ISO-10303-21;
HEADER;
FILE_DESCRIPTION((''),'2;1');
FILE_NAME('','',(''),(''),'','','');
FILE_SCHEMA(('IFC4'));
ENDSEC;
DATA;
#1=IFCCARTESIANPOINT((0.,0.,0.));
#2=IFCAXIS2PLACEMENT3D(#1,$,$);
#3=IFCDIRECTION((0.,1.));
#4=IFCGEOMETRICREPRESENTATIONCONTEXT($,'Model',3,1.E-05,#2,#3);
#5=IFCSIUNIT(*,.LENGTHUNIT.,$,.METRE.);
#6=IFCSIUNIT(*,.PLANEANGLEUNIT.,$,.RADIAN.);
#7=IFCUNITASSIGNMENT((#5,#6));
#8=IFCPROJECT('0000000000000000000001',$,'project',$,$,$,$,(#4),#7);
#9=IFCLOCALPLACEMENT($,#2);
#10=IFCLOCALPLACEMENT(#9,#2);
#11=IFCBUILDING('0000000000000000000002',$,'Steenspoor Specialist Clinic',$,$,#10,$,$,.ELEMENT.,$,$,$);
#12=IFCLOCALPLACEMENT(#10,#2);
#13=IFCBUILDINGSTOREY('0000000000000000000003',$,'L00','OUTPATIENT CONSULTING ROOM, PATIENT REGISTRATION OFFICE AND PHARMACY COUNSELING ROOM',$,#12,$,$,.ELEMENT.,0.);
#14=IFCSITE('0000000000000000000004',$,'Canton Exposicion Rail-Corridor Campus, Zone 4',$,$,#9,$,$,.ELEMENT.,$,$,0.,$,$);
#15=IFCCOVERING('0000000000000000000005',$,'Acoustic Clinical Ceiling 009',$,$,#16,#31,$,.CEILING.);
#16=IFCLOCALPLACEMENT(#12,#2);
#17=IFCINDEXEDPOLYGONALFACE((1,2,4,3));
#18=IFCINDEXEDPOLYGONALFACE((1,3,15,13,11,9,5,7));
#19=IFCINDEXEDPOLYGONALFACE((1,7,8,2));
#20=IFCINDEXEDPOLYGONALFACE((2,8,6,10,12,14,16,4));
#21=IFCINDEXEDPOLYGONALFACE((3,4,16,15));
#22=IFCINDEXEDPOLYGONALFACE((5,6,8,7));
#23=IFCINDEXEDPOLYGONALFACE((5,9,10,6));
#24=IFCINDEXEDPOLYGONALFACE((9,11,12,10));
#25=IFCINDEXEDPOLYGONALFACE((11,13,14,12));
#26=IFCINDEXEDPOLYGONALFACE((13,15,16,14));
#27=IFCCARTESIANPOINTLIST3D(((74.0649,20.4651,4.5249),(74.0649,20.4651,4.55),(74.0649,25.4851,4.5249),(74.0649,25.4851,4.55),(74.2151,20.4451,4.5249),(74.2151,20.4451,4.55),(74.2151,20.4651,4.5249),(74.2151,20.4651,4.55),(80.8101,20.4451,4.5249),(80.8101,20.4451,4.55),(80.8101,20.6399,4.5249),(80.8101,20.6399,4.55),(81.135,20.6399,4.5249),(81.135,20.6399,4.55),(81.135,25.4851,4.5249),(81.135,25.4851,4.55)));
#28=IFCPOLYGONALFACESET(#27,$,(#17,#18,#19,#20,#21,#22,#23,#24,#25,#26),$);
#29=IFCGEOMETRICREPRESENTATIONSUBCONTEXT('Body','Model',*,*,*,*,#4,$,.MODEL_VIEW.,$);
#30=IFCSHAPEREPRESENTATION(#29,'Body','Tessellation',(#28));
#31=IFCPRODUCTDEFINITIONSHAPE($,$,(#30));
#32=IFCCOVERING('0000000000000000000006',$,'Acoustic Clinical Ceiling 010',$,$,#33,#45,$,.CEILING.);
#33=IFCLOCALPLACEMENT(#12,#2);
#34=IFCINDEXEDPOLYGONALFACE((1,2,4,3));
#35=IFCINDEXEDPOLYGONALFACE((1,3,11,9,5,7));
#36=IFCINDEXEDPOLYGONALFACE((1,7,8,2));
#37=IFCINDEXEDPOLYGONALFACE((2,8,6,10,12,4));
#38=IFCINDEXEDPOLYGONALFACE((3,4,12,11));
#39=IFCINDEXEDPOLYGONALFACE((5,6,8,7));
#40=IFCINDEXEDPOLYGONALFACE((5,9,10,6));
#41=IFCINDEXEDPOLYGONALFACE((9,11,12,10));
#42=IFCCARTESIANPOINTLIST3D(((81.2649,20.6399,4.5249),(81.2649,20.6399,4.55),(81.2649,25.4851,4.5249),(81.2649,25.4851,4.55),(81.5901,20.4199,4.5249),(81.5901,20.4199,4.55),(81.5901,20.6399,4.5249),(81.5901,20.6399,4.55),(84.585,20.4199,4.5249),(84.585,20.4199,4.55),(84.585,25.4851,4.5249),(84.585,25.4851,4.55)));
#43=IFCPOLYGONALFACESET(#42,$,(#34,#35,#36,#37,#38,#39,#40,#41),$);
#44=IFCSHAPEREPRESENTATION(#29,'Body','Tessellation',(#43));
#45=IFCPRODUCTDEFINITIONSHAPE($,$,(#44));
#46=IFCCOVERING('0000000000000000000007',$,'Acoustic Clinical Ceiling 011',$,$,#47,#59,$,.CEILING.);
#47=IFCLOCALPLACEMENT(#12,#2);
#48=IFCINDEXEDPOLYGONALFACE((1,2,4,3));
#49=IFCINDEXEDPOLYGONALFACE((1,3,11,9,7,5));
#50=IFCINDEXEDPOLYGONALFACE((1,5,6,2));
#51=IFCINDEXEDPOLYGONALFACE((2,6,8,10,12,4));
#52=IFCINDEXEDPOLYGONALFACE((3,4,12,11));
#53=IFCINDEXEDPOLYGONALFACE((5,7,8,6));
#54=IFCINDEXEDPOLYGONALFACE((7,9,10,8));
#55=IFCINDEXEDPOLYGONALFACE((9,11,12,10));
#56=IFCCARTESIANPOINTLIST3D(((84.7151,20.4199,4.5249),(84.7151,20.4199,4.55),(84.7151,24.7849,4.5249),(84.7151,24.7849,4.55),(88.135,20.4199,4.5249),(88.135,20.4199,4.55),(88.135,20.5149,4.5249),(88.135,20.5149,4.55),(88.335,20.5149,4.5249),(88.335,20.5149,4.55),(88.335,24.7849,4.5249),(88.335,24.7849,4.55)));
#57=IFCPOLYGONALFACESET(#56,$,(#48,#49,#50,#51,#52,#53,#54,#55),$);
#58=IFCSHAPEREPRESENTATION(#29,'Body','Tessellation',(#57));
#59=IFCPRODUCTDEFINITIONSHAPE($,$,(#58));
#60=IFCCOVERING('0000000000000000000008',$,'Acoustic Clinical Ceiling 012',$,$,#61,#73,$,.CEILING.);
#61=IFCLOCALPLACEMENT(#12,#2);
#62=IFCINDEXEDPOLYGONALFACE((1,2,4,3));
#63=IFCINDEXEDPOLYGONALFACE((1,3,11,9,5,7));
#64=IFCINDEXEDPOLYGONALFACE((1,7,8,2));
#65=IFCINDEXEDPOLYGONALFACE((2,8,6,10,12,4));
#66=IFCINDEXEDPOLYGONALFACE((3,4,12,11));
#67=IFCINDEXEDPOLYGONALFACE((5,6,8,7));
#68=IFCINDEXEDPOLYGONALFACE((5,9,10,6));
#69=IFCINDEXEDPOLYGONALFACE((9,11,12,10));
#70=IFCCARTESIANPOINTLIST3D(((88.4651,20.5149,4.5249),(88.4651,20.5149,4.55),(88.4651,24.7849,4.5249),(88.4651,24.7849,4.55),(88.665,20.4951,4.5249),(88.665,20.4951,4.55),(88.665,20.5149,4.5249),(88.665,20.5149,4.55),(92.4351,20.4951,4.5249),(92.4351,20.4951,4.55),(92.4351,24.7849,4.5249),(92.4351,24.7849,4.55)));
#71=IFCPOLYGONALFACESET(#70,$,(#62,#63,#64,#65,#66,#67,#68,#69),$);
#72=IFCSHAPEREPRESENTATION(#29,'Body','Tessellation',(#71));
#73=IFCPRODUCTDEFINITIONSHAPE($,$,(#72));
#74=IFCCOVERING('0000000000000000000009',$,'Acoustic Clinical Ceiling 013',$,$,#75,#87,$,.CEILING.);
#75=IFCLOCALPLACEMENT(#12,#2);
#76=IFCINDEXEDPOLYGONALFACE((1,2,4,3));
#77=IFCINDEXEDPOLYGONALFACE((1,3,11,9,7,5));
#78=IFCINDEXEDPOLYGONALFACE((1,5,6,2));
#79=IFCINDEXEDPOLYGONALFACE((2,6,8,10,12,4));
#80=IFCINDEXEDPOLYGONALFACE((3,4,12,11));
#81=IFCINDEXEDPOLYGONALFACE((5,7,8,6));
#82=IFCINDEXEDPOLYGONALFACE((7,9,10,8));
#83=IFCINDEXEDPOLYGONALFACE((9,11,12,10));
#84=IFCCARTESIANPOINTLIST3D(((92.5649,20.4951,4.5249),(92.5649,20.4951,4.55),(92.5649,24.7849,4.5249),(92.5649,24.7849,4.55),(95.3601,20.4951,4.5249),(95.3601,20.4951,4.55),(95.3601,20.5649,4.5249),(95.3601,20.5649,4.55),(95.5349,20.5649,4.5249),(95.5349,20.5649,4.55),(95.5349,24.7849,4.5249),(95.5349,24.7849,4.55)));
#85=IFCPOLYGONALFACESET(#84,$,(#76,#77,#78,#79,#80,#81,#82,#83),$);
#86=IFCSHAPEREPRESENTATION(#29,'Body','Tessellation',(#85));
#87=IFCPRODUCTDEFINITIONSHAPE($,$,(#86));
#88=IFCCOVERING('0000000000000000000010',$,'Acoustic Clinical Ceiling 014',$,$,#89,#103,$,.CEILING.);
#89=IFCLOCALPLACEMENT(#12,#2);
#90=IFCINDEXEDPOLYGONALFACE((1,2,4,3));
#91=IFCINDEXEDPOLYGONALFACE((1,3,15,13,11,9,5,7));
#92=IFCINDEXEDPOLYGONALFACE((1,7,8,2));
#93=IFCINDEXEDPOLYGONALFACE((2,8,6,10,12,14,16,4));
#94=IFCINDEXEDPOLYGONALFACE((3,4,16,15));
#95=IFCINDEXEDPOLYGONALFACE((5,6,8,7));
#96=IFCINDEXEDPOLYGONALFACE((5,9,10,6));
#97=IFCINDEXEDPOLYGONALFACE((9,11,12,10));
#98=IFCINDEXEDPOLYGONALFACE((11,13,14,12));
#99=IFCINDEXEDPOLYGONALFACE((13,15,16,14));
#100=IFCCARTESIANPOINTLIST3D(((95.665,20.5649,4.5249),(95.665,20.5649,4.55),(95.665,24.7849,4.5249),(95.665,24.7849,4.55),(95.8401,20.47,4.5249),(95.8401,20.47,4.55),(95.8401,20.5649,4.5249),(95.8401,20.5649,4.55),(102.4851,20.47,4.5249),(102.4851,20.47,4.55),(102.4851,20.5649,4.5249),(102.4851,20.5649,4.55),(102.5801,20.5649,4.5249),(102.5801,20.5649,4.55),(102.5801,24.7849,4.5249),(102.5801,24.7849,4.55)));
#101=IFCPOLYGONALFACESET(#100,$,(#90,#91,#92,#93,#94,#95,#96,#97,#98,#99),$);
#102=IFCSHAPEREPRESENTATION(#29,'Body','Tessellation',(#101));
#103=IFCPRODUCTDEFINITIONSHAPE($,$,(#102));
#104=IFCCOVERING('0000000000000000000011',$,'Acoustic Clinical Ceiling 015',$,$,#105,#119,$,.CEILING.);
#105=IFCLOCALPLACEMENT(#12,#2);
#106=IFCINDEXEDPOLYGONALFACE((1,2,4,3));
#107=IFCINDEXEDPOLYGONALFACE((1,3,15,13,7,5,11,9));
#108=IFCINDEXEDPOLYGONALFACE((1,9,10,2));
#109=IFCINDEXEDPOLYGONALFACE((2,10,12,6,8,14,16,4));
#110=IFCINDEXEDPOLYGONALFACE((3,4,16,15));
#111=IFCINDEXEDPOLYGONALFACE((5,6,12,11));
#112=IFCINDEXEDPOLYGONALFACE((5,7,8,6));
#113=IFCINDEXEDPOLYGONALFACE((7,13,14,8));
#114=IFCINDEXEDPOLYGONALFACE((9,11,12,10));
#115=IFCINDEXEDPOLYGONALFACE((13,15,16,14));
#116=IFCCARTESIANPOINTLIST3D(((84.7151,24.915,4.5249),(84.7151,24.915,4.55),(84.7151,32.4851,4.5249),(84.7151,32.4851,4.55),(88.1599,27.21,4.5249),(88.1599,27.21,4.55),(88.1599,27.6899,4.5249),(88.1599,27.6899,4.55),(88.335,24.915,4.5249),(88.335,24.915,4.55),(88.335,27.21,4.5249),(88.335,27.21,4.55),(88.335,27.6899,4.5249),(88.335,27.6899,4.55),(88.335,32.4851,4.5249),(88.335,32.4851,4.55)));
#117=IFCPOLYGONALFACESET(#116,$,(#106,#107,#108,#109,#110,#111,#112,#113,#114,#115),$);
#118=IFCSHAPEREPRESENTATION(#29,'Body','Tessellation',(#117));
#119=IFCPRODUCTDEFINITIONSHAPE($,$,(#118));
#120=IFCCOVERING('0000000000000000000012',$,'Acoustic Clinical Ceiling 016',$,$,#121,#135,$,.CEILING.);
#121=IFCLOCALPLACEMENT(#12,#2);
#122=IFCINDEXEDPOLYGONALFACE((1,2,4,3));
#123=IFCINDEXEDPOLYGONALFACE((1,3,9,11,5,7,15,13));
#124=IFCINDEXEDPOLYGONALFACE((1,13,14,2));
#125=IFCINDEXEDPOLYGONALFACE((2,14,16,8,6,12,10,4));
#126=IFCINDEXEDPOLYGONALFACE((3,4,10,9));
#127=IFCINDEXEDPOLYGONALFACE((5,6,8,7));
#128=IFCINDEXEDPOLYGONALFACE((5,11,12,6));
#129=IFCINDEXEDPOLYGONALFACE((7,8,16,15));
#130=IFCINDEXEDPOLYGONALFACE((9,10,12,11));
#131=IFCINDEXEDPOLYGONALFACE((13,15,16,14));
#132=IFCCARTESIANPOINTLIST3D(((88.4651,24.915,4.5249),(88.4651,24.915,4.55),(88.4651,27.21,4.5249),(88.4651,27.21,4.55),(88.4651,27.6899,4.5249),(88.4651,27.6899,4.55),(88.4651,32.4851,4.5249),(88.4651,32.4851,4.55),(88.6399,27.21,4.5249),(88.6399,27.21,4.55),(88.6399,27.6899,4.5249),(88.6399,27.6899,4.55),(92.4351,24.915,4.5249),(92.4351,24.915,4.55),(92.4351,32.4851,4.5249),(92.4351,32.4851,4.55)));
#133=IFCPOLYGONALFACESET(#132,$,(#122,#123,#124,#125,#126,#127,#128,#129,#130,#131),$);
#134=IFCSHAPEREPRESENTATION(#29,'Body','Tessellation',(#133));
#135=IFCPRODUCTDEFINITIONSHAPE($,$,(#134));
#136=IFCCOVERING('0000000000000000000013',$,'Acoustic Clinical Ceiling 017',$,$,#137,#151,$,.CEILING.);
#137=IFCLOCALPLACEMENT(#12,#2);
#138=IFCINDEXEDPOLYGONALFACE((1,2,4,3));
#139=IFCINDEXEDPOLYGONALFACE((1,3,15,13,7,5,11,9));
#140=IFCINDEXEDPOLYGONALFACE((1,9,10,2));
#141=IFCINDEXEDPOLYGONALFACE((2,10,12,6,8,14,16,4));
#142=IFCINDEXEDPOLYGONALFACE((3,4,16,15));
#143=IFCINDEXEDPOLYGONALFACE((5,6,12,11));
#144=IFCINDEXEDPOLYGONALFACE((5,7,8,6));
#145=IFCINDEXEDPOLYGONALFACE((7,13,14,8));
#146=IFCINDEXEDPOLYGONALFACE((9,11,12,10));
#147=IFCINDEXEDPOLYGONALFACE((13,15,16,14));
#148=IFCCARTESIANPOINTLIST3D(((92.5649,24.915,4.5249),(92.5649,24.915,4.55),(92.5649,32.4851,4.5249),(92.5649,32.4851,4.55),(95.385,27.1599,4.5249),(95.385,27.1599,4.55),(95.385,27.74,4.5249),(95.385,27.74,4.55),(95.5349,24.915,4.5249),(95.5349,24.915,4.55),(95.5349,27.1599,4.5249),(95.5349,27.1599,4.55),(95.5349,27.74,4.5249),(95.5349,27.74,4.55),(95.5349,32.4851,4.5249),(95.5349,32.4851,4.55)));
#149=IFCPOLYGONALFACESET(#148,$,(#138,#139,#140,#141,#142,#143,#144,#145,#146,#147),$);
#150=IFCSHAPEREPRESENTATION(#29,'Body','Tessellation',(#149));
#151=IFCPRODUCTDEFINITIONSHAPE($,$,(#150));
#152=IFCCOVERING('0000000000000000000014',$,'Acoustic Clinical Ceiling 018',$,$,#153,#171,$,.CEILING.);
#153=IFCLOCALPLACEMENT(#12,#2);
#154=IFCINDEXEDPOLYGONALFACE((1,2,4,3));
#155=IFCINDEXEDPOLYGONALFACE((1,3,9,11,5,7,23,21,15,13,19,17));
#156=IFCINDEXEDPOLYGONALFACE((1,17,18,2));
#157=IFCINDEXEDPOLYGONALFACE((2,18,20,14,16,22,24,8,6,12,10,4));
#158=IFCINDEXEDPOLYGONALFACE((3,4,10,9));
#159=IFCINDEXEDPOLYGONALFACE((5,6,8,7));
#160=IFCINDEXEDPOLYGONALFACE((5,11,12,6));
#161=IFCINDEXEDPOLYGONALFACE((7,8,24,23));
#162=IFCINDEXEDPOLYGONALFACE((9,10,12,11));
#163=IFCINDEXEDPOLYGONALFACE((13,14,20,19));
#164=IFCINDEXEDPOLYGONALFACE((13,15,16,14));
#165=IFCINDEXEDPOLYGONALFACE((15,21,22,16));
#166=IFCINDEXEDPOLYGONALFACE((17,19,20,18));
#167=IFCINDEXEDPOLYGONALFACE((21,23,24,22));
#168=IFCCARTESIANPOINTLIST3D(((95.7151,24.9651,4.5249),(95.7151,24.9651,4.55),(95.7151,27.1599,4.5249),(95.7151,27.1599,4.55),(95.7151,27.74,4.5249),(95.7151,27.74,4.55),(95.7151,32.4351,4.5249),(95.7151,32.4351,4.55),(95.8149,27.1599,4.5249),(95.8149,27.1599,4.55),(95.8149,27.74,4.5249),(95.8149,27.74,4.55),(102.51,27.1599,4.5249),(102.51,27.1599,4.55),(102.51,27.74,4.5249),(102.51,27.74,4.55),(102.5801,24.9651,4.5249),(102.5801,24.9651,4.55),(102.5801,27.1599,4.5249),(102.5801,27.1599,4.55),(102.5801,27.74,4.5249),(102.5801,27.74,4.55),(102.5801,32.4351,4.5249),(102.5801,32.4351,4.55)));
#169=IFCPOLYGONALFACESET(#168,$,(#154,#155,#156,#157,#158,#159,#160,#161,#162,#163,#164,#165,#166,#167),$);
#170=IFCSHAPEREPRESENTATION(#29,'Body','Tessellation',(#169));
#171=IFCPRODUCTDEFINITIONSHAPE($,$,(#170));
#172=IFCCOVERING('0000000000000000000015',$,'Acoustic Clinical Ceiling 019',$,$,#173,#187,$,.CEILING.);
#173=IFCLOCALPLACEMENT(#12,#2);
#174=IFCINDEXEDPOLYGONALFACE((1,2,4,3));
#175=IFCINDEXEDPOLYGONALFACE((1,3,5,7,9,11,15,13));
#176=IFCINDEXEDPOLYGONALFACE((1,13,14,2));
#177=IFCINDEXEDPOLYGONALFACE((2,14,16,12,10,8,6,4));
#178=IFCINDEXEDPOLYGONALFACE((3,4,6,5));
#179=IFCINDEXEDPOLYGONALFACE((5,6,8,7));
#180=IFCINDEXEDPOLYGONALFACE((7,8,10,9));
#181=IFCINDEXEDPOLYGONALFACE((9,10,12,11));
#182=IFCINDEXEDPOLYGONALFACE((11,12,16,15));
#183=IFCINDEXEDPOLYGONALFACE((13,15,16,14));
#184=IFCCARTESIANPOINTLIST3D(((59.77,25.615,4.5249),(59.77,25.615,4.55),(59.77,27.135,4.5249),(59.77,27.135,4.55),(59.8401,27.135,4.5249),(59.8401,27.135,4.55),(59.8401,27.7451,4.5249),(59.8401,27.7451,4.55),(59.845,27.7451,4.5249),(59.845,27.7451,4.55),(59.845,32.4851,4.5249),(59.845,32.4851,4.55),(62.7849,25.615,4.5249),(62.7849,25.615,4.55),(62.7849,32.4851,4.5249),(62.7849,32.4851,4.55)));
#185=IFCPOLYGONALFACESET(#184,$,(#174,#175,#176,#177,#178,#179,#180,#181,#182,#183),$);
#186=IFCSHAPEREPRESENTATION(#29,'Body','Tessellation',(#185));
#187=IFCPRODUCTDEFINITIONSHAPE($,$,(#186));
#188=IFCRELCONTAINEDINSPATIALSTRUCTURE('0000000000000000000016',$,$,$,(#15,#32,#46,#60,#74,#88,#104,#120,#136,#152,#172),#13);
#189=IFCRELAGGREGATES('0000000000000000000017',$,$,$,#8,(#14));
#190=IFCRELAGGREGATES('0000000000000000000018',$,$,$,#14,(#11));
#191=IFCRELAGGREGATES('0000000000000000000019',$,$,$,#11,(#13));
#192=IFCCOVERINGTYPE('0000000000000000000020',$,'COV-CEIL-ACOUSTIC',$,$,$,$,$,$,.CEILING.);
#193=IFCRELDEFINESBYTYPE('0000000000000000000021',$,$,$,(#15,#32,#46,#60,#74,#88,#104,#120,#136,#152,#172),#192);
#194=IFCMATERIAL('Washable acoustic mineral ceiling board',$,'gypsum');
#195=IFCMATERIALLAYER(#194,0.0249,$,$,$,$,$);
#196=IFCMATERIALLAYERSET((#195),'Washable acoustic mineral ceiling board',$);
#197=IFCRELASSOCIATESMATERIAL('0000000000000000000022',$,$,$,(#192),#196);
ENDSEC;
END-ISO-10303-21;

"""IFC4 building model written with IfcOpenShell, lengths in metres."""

from ifc_helpers import new_model, si_unit, direction, frame, origin, place, context, subcontext, project, spatial, polyline, outline, extrude, material, layer, layer_set, type_object, element, save


model = new_model("IFC4")

# Units and contexts
model_context = context("Model", 3, precision=1e-05, world=origin(), true_north=direction((0.0, 1.0)))
body_context = subcontext(model_context, "Body", "Model", "MODEL_VIEW")
ifc_project = project(units=[si_unit("LENGTHUNIT", "METRE"), si_unit("PLANEANGLEUNIT", "RADIAN")], contexts=[model_context])

# Site, building, storey
site_placement = place(None, origin())
site = spatial("IfcSite", under=ifc_project, at=site_placement, Name="Canton Exposicion Rail-Corridor Campus, Zone 4", CompositionType="ELEMENT", RefElevation=0.0)
building_placement = place(site_placement, origin())
building = spatial("IfcBuilding", under=site, at=building_placement, Name="Steenspoor Specialist Clinic", CompositionType="ELEMENT")
storey_placement = place(building_placement, origin())
storey = spatial("IfcBuildingStorey", under=building, at=storey_placement, Name="L00", Description="OUTPATIENT CONSULTING ROOM, PATIENT REGISTRATION OFFICE AND PHARMACY COUNSELING ROOM", CompositionType="ELEMENT", Elevation=0.0)

# Coverings
ifc_material_1 = material(Name="Washable acoustic mineral ceiling board", Category="gypsum")
ifc_layer_1 = layer(ifc_material_1, 0.0249)
ifc_layer_set_1 = layer_set([ifc_layer_1], Name="Washable acoustic mineral ceiling board")
covering_type = type_object("IfcCoveringType", Name="COV-CEIL-ACOUSTIC", PredefinedType="CEILING", material=ifc_layer_set_1)
covering_1_placement = place(storey_placement, frame((0.0, 0.0, 4.5249)))
element("IfcCovering", 1, at=covering_1_placement, inside=storey, type_object=covering_type, Name="Acoustic Clinical Ceiling 009", PredefinedType="CEILING", context=body_context, shape_type="SweptSolid", body=[
    extrude(outline(polyline([(81.135, 20.6399), (80.8101, 20.6399), (80.8101, 20.4451), (74.2151, 20.4451), (74.2151, 20.4651), (74.0649, 20.4651), (74.0649, 25.4851), (81.135, 25.4851), (81.135, 20.6399)])), origin(), (0.0, 0.0, 1.0), 0.0251),
])
covering_2_placement = place(storey_placement, frame((0.0, 0.0, 4.5249)))
element("IfcCovering", 2, at=covering_2_placement, inside=storey, type_object=covering_type, Name="Acoustic Clinical Ceiling 010", PredefinedType="CEILING", context=body_context, shape_type="SweptSolid", body=[
    extrude(outline(polyline([(84.585, 20.4199), (81.5901, 20.4199), (81.5901, 20.6399), (81.2649, 20.6399), (81.2649, 25.4851), (84.585, 25.4851), (84.585, 20.4199)])), origin(), (0.0, 0.0, 1.0), 0.0251),
])
covering_3_placement = place(storey_placement, frame((0.0, 0.0, 4.5249)))
element("IfcCovering", 3, at=covering_3_placement, inside=storey, type_object=covering_type, Name="Acoustic Clinical Ceiling 011", PredefinedType="CEILING", context=body_context, shape_type="SweptSolid", body=[
    extrude(outline(polyline([(88.335, 20.5149), (88.135, 20.5149), (88.135, 20.4199), (84.7151, 20.4199), (84.7151, 24.7849), (88.335, 24.7849), (88.335, 20.5149)])), origin(), (0.0, 0.0, 1.0), 0.0251),
])
covering_4_placement = place(storey_placement, frame((0.0, 0.0, 4.5249)))
element("IfcCovering", 4, at=covering_4_placement, inside=storey, type_object=covering_type, Name="Acoustic Clinical Ceiling 012", PredefinedType="CEILING", context=body_context, shape_type="SweptSolid", body=[
    extrude(outline(polyline([(92.4351, 20.4951), (88.665, 20.4951), (88.665, 20.5149), (88.4651, 20.5149), (88.4651, 24.7849), (92.4351, 24.7849), (92.4351, 20.4951)])), origin(), (0.0, 0.0, 1.0), 0.0251),
])
covering_5_placement = place(storey_placement, frame((0.0, 0.0, 4.5249)))
element("IfcCovering", 5, at=covering_5_placement, inside=storey, type_object=covering_type, Name="Acoustic Clinical Ceiling 013", PredefinedType="CEILING", context=body_context, shape_type="SweptSolid", body=[
    extrude(outline(polyline([(95.5349, 20.5649), (95.3601, 20.5649), (95.3601, 20.4951), (92.5649, 20.4951), (92.5649, 24.7849), (95.5349, 24.7849), (95.5349, 20.5649)])), origin(), (0.0, 0.0, 1.0), 0.0251),
])
covering_6_placement = place(storey_placement, frame((0.0, 0.0, 4.5249)))
element("IfcCovering", 6, at=covering_6_placement, inside=storey, type_object=covering_type, Name="Acoustic Clinical Ceiling 014", PredefinedType="CEILING", context=body_context, shape_type="SweptSolid", body=[
    extrude(outline(polyline([(95.665, 24.7849), (102.5801, 24.7849), (102.5801, 20.5649), (102.4851, 20.5649), (102.4851, 20.47), (95.8401, 20.47), (95.8401, 20.5649), (95.665, 20.5649), (95.665, 24.7849)])), origin(), (0.0, 0.0, 1.0), 0.0251),
])
covering_7_placement = place(storey_placement, frame((0.0, 0.0, 4.5249)))
element("IfcCovering", 7, at=covering_7_placement, inside=storey, type_object=covering_type, Name="Acoustic Clinical Ceiling 015", PredefinedType="CEILING", context=body_context, shape_type="SweptSolid", body=[
    extrude(outline(polyline([(88.335, 27.6899), (88.1599, 27.6899), (88.1599, 27.21), (88.335, 27.21), (88.335, 24.915), (84.7151, 24.915), (84.7151, 32.4851), (88.335, 32.4851), (88.335, 27.6899)])), origin(), (0.0, 0.0, 1.0), 0.0251),
])
covering_8_placement = place(storey_placement, frame((0.0, 0.0, 4.5249)))
element("IfcCovering", 8, at=covering_8_placement, inside=storey, type_object=covering_type, Name="Acoustic Clinical Ceiling 016", PredefinedType="CEILING", context=body_context, shape_type="SweptSolid", body=[
    extrude(outline(polyline([(92.4351, 24.915), (88.4651, 24.915), (88.4651, 27.21), (88.6399, 27.21), (88.6399, 27.6899), (88.4651, 27.6899), (88.4651, 32.4851), (92.4351, 32.4851), (92.4351, 24.915)])), origin(), (0.0, 0.0, 1.0), 0.0251),
])
covering_9_placement = place(storey_placement, frame((0.0, 0.0, 4.5249)))
element("IfcCovering", 9, at=covering_9_placement, inside=storey, type_object=covering_type, Name="Acoustic Clinical Ceiling 017", PredefinedType="CEILING", context=body_context, shape_type="SweptSolid", body=[
    extrude(outline(polyline([(95.5349, 27.74), (95.385, 27.74), (95.385, 27.1599), (95.5349, 27.1599), (95.5349, 24.915), (92.5649, 24.915), (92.5649, 32.4851), (95.5349, 32.4851), (95.5349, 27.74)])), origin(), (0.0, 0.0, 1.0), 0.0251),
])
covering_10_placement = place(storey_placement, frame((0.0, 0.0, 4.5249)))
element("IfcCovering", 10, at=covering_10_placement, inside=storey, type_object=covering_type, Name="Acoustic Clinical Ceiling 018", PredefinedType="CEILING", context=body_context, shape_type="SweptSolid", body=[
    extrude(outline(polyline([(95.7151, 24.9651), (95.7151, 27.1599), (95.8149, 27.1599), (95.8149, 27.74), (95.7151, 27.74), (95.7151, 32.4351), (102.5801, 32.4351), (102.5801, 27.74), (102.51, 27.74), (102.51, 27.1599), (102.5801, 27.1599), (102.5801, 24.9651), (95.7151, 24.9651)])), origin(), (0.0, 0.0, 1.0), 0.0251),
])
covering_11_placement = place(storey_placement, frame((0.0, 0.0, 4.5249)))
element("IfcCovering", 11, at=covering_11_placement, inside=storey, type_object=covering_type, Name="Acoustic Clinical Ceiling 019", PredefinedType="CEILING", context=body_context, shape_type="SweptSolid", body=[
    extrude(outline(polyline([(62.7849, 25.615), (59.77, 25.615), (59.77, 27.135), (59.8401, 27.135), (59.8401, 27.7451), (59.845, 27.7451), (59.845, 32.4851), (62.7849, 32.4851), (62.7849, 25.615)])), origin(), (0.0, 0.0, 1.0), 0.0251),
])

save(model, "model.ifc")
